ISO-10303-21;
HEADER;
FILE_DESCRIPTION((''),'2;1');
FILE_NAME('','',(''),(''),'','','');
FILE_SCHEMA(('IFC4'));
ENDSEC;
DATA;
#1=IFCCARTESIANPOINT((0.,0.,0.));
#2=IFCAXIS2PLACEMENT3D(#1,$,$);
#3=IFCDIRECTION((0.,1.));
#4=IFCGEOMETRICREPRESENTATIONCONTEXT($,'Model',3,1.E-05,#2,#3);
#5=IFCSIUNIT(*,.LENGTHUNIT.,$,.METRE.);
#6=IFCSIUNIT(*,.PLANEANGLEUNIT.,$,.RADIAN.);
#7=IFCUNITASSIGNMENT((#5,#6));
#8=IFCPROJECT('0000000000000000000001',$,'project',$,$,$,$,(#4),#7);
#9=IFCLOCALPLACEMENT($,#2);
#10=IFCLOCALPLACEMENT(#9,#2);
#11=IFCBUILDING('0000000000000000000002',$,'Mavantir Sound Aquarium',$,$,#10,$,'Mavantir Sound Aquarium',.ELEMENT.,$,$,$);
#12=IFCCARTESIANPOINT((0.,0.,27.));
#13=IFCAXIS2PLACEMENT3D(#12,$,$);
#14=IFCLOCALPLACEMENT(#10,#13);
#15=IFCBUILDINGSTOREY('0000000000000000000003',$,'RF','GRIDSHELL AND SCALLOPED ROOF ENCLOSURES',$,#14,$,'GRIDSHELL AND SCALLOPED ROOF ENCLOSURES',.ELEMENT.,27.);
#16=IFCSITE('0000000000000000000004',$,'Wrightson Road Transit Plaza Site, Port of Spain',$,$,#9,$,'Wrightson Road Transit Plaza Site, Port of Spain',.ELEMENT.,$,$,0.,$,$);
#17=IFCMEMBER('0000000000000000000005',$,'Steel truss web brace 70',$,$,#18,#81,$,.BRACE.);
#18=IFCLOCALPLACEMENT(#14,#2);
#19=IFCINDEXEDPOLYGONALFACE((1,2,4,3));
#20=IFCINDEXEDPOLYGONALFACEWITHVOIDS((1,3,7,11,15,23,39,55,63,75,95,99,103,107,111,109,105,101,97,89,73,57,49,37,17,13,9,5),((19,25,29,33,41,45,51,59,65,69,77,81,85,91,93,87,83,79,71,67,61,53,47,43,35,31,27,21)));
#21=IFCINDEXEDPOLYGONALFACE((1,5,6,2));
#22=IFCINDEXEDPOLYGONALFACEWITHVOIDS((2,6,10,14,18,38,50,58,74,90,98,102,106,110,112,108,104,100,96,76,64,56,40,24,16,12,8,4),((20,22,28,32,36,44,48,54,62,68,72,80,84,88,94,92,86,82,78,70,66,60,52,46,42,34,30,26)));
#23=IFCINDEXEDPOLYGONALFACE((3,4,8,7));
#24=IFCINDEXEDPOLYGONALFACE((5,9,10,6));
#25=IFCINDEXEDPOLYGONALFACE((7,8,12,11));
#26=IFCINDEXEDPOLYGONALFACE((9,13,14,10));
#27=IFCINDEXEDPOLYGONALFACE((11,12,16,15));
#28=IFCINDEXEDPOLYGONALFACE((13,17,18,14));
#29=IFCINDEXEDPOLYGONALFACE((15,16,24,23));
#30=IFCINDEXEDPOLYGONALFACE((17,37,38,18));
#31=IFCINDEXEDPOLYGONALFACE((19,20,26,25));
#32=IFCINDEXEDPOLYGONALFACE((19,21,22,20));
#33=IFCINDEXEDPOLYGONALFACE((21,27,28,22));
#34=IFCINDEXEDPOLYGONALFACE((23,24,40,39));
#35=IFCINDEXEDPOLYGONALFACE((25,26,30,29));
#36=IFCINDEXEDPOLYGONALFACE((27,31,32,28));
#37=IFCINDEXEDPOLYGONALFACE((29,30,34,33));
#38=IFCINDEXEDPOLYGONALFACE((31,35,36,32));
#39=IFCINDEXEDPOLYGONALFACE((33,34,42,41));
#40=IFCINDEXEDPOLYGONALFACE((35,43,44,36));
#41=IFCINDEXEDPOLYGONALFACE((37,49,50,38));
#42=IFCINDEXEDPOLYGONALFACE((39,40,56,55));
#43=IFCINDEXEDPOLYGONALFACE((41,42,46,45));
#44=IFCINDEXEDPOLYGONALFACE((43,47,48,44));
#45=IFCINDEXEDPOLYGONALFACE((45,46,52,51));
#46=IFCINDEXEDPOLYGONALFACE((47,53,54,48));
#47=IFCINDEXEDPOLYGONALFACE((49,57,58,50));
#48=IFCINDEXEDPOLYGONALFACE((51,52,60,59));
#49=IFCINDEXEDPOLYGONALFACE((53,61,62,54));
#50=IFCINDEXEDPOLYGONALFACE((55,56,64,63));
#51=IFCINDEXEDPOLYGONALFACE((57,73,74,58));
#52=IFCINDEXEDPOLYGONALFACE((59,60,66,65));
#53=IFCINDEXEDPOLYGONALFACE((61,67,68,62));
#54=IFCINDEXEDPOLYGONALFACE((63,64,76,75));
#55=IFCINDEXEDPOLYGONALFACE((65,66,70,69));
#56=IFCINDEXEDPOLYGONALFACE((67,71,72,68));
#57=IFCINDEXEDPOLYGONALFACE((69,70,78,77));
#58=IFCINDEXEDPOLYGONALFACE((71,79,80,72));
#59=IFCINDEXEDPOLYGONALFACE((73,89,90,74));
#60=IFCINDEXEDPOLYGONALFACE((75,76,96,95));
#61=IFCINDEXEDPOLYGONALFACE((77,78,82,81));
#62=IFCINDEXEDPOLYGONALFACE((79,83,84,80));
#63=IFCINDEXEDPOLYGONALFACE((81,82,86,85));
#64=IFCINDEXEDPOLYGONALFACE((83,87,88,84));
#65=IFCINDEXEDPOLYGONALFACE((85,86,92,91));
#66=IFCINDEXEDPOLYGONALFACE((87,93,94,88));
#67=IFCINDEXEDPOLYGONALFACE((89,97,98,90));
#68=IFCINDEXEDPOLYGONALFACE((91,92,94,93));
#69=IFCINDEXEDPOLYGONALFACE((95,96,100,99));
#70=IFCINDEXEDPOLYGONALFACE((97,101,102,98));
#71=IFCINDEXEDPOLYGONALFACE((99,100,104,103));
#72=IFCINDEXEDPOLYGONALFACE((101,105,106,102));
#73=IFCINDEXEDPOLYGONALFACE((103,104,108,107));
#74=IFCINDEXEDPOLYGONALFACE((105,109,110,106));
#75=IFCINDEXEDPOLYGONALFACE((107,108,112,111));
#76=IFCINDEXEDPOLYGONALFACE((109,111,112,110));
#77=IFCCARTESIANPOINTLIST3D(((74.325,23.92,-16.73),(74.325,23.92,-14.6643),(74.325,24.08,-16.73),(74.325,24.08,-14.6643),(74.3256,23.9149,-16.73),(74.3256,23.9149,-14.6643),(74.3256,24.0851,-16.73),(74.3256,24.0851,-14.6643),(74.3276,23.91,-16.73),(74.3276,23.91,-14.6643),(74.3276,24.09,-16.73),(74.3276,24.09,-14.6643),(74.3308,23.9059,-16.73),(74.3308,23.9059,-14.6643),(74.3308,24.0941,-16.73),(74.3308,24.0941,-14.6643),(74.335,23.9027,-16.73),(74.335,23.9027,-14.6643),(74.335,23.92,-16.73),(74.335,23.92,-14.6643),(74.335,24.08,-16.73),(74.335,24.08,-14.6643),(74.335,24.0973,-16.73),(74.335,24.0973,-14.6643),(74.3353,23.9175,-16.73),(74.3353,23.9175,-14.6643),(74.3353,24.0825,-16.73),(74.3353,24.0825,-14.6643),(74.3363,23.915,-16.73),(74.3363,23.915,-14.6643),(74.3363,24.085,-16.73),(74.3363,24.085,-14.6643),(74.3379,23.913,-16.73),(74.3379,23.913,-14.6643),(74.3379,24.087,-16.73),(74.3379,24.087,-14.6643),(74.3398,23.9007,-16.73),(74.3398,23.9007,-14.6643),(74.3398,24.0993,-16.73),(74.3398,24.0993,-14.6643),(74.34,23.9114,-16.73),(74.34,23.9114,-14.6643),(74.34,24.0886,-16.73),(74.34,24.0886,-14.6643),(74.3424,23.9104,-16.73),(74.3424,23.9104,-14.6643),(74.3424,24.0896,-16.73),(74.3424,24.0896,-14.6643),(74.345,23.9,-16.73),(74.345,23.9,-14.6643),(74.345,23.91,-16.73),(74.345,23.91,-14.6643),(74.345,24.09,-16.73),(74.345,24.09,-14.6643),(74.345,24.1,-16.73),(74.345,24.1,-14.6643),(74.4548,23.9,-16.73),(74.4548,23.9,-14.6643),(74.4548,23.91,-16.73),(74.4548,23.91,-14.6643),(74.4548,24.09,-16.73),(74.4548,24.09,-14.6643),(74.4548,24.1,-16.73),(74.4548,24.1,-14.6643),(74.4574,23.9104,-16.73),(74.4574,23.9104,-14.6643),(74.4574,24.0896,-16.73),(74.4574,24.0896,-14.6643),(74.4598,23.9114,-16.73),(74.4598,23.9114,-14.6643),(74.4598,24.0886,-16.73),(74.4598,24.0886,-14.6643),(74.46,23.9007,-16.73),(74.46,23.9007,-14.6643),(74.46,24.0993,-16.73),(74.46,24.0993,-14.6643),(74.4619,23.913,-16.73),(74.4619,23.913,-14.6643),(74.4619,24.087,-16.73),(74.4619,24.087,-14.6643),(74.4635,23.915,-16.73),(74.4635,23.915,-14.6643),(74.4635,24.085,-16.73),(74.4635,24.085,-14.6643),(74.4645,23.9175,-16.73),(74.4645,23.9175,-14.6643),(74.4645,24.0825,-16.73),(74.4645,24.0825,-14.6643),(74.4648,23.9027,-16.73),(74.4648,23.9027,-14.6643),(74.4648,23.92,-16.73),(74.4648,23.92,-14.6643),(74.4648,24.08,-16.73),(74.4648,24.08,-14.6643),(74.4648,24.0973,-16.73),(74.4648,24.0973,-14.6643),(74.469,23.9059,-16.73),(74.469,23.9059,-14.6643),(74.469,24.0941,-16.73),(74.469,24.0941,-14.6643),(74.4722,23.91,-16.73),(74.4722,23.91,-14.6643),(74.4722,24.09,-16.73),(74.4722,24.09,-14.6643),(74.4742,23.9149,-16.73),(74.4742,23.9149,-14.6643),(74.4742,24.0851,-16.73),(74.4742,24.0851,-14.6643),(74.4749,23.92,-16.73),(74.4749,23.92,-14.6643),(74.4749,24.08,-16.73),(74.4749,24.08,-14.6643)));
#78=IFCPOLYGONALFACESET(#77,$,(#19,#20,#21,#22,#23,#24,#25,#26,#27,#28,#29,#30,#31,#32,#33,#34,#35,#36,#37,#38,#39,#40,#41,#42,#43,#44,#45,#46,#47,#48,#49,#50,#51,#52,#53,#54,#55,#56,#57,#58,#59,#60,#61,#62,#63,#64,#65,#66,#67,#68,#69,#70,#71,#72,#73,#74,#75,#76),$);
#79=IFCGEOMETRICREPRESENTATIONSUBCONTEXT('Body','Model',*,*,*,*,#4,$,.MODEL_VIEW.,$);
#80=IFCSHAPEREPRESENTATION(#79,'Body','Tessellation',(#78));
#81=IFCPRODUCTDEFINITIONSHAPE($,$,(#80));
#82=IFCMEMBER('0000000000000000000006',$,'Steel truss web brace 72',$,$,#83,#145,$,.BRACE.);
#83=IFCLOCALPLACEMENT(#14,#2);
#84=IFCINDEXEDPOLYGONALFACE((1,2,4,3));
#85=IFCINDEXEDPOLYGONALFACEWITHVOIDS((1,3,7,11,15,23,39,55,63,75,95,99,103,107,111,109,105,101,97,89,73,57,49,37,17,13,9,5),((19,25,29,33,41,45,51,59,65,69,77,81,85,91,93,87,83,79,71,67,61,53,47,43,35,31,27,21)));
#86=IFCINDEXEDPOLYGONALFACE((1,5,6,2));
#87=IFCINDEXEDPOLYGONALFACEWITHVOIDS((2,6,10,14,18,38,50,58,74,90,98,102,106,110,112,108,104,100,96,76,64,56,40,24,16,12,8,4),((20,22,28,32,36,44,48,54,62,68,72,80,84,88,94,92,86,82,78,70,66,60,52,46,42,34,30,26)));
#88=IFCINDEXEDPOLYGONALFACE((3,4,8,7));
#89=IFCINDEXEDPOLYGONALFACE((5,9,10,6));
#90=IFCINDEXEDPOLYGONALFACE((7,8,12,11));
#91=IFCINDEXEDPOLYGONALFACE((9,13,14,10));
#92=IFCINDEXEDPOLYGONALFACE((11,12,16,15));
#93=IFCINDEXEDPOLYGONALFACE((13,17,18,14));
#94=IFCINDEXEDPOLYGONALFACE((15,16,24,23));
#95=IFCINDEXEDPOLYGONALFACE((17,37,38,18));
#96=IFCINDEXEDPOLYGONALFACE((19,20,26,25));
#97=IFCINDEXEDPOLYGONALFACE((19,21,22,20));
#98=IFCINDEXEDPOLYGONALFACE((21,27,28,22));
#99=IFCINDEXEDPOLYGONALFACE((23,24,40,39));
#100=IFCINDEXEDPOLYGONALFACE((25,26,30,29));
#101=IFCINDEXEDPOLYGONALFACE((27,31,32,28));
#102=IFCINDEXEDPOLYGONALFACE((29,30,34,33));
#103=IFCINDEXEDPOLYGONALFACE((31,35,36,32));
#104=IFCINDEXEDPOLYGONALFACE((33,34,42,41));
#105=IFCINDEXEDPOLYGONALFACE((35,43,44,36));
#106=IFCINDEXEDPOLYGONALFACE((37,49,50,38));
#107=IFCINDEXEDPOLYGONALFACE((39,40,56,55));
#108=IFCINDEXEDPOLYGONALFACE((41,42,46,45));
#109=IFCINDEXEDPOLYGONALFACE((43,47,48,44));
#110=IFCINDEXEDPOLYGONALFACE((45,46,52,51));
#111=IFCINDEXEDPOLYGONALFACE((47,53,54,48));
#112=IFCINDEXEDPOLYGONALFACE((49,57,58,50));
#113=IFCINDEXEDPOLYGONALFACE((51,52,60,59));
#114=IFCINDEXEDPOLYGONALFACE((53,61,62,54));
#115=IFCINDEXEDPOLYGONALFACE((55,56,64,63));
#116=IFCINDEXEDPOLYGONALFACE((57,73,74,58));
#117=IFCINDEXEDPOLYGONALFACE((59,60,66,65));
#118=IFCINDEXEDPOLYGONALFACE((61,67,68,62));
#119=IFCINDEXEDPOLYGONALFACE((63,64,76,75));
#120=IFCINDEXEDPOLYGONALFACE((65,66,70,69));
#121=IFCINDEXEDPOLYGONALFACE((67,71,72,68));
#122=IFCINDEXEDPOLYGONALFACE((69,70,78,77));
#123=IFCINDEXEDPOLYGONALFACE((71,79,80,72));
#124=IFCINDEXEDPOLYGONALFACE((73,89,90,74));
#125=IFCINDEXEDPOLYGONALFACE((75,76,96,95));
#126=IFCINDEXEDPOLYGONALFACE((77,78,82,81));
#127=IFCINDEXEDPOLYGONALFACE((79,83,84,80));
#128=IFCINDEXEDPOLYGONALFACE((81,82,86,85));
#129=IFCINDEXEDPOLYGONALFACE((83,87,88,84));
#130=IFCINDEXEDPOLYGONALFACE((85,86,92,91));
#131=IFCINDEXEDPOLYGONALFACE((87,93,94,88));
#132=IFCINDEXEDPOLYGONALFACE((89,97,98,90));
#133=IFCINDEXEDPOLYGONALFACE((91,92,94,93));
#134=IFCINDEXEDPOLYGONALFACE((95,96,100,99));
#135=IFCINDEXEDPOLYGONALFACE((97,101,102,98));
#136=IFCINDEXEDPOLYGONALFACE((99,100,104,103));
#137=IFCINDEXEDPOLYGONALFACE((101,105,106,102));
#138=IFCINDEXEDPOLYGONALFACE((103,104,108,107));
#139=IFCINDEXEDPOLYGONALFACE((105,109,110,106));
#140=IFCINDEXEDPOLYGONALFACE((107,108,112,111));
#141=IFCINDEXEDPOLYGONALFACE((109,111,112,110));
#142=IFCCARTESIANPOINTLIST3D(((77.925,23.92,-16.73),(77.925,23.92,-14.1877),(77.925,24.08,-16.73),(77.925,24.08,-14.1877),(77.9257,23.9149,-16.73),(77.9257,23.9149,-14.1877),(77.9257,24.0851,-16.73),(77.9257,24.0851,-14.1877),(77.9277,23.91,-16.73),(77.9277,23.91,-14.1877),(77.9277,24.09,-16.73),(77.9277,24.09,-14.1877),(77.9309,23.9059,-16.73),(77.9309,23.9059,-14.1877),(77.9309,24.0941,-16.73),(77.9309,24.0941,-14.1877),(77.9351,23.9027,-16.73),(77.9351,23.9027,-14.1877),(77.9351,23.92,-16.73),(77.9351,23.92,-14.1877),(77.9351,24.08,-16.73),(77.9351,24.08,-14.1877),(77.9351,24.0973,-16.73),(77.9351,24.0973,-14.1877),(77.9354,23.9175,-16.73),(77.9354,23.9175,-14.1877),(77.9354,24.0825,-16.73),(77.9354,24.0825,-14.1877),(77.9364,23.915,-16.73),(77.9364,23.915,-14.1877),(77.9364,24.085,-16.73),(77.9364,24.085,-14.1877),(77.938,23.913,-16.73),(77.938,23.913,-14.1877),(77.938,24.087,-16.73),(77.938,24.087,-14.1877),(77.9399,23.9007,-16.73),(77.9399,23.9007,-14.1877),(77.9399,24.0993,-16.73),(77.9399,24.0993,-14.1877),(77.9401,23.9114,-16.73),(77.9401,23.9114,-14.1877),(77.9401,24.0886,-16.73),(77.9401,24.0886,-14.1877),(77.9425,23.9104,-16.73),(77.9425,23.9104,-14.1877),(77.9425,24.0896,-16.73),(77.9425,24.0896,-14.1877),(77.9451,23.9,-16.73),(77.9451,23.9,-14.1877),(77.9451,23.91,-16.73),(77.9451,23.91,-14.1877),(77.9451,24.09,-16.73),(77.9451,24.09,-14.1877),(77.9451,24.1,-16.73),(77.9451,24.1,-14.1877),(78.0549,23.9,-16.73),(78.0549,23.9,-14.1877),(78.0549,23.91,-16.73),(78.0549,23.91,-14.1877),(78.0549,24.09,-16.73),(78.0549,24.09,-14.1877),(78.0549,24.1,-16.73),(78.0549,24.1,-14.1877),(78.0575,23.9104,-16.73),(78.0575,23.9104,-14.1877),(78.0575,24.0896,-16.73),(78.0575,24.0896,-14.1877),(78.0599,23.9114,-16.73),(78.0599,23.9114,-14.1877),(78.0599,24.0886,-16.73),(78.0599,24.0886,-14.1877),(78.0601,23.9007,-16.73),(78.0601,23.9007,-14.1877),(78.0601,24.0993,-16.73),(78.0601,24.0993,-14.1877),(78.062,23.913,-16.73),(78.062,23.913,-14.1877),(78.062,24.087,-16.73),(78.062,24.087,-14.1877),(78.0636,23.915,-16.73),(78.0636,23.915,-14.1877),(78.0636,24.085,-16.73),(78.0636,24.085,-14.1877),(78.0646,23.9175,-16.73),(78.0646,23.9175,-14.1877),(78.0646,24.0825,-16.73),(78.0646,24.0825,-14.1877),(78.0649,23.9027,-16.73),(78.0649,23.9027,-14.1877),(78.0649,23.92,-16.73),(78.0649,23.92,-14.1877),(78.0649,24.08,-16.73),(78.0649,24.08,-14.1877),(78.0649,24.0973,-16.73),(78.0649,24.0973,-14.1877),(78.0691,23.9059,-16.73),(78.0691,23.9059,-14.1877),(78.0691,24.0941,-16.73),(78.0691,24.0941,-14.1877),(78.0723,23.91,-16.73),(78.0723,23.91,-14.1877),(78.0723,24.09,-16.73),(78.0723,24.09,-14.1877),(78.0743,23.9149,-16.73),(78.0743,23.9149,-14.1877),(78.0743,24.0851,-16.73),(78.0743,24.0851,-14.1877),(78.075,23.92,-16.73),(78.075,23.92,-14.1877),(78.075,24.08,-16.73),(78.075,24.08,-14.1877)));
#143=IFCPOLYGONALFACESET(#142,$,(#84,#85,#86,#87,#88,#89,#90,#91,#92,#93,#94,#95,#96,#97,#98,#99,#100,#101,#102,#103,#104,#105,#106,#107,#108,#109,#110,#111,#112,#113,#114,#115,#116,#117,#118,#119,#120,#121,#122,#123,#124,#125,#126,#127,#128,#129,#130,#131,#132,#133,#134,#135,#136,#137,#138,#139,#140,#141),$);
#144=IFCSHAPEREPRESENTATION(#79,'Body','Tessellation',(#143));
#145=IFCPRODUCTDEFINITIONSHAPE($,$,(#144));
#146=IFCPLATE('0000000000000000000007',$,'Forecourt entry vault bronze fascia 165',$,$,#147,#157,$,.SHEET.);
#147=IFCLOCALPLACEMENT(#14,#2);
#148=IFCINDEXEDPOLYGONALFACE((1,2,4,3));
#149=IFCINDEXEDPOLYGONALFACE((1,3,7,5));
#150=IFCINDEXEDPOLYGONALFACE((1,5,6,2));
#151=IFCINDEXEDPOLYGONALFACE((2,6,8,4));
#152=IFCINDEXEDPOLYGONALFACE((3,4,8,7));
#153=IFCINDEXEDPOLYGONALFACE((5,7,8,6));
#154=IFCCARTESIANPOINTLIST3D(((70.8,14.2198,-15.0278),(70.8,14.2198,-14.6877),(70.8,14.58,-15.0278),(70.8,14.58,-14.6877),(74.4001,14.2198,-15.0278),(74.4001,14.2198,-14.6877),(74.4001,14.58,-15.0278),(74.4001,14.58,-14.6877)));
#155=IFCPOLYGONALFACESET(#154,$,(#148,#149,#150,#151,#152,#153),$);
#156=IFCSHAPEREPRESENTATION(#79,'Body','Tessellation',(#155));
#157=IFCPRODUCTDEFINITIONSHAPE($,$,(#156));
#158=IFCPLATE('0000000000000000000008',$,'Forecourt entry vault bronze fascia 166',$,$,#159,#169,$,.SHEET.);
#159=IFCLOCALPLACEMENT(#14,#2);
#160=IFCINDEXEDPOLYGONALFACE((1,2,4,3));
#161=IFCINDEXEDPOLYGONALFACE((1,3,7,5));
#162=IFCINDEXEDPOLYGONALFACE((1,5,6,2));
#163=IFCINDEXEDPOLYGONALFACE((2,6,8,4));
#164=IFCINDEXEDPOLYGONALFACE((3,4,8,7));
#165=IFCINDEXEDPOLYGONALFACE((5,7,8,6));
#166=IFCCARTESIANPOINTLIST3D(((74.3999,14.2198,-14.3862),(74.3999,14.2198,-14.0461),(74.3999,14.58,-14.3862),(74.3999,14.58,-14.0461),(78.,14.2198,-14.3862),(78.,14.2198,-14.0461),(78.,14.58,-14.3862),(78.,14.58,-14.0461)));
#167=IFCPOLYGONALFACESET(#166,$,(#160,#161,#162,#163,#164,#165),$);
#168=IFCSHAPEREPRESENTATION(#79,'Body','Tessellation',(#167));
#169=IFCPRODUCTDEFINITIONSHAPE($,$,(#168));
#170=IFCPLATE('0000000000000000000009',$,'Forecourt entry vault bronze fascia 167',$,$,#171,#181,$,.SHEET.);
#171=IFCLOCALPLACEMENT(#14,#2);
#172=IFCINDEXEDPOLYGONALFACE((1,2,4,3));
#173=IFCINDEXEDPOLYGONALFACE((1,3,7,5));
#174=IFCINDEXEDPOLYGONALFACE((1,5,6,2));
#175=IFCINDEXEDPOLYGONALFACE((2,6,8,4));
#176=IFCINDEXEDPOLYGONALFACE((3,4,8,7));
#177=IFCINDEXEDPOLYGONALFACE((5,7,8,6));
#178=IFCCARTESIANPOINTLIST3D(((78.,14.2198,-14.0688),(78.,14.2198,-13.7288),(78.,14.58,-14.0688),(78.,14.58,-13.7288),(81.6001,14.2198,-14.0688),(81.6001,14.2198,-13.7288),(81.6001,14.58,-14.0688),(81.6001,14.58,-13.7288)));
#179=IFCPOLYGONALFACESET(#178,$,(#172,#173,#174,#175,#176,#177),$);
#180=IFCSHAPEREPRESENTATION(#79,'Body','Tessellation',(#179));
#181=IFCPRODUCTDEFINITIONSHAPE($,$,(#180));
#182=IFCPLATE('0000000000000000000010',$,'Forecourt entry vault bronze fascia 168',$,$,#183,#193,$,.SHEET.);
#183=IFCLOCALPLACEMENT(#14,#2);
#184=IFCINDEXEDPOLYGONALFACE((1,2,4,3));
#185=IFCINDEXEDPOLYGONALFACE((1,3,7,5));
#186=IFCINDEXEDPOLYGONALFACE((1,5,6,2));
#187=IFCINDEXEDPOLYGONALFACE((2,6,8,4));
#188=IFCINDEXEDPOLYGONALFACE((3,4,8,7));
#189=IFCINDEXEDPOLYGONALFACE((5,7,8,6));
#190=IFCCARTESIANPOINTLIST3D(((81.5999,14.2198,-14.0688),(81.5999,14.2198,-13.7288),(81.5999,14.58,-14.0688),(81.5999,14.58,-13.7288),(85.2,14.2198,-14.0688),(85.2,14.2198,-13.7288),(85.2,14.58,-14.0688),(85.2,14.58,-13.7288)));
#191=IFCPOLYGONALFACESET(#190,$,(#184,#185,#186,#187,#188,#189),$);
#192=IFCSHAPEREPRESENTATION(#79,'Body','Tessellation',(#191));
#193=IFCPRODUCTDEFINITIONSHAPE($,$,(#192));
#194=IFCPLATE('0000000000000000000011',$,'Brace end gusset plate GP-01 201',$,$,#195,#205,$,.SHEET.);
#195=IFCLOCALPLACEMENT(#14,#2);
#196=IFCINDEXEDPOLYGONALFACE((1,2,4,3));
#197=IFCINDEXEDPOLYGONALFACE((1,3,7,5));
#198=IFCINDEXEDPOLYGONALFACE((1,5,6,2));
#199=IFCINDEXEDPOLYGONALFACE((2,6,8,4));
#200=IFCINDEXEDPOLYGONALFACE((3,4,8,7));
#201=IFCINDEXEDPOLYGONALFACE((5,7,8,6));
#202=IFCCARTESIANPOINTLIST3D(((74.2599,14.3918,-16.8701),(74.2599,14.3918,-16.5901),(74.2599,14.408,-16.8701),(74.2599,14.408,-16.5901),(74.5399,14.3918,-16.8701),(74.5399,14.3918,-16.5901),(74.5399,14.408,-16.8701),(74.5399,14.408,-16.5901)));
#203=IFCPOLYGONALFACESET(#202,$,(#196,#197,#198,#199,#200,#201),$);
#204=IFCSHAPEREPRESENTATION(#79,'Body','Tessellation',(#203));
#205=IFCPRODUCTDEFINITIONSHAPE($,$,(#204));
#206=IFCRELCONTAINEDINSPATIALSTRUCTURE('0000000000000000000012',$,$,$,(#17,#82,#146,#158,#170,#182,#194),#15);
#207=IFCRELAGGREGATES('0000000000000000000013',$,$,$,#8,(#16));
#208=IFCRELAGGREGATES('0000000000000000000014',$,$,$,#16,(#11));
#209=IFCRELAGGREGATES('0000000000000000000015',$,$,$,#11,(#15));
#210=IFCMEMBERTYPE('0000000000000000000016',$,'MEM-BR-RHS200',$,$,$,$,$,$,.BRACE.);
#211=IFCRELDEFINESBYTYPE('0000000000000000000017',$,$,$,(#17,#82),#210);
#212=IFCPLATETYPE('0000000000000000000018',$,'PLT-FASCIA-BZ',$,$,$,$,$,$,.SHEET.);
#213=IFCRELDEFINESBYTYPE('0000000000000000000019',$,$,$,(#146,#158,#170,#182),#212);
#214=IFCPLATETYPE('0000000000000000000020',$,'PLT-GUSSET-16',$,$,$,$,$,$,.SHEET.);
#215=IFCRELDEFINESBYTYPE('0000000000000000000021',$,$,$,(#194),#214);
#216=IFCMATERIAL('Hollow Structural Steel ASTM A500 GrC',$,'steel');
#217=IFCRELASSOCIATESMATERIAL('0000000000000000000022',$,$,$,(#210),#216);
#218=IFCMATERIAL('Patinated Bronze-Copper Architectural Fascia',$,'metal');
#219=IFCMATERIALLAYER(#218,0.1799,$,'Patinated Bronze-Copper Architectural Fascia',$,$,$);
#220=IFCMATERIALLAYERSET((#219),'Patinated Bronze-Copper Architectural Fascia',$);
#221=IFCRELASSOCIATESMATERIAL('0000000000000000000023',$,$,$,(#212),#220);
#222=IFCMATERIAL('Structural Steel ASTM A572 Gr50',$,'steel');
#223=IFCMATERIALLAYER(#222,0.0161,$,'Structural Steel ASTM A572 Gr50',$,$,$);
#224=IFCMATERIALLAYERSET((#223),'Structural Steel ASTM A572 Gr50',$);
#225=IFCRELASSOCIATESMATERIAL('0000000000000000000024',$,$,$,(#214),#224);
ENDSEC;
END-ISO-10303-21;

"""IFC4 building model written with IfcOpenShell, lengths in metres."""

from ifc_helpers import new_model, si_unit, direction, frame, origin, origin_2d, place, context, subcontext, project, spatial, rectangle, hollow_rectangle, extrude, material, layer, layer_set, material_profile, profile_set, type_object, element, save


model = new_model("IFC4")

# Units and contexts
model_context = context("Model", 3, precision=1e-05, world=origin(), true_north=direction((0.0, 1.0)))
body_context = subcontext(model_context, "Body", "Model", "MODEL_VIEW")
ifc_project = project(units=[si_unit("LENGTHUNIT", "METRE"), si_unit("PLANEANGLEUNIT", "RADIAN")], contexts=[model_context])

# Site, building, storey
site_placement = place(None, origin())
site = spatial("IfcSite", under=ifc_project, at=site_placement, Name="Wrightson Road Transit Plaza Site, Port of Spain", LongName="Wrightson Road Transit Plaza Site, Port of Spain", CompositionType="ELEMENT", RefElevation=0.0)
building_placement = place(site_placement, origin())
building = spatial("IfcBuilding", under=site, at=building_placement, Name="Mavantir Sound Aquarium", LongName="Mavantir Sound Aquarium", CompositionType="ELEMENT")
storey_placement = place(building_placement, frame((0.0, 0.0, 27.0)))
storey = spatial("IfcBuildingStorey", under=building, at=storey_placement, Name="RF", Description="GRIDSHELL AND SCALLOPED ROOF ENCLOSURES", LongName="GRIDSHELL AND SCALLOPED ROOF ENCLOSURES", CompositionType="ELEMENT", Elevation=27.0)

# Members
ifc_material_1 = material(Name="Hollow Structural Steel ASTM A500 GrC", Category="steel")
ifc_material_profile_1 = material_profile(ifc_material_1, hollow_rectangle(XDim=0.1499, YDim=0.2, WallThickness=0.01, InnerFilletRadius=0.01, OuterFilletRadius=0.02, at=origin_2d()), Name="RHS 200X150X10")
ifc_profile_set_1 = profile_set([ifc_material_profile_1], Name="Hollow Structural Steel ASTM A500 GrC")
member_type_1 = type_object("IfcMemberType", Name="MEM-BR-RHS200", PredefinedType="BRACE", material=ifc_profile_set_1)
member_1_placement = place(storey_placement, frame((74.3999, 24.0, -16.73), z_axis=(0.0, 0.0, 1.0), x_axis=(1.0, 0.0, 0.0)))
element("IfcMember", 1, at=member_1_placement, inside=storey, type_object=member_type_1, Name="Steel truss web brace 70", PredefinedType="BRACE", context=body_context, shape_type="SweptSolid", body=[
    extrude(hollow_rectangle(XDim=0.1499, YDim=0.2, WallThickness=0.01, InnerFilletRadius=0.01, OuterFilletRadius=0.02, at=origin_2d()), origin(), (0.0, 0.0, 1.0), 2.0657),
])
member_2_placement = place(storey_placement, frame((78.0, 24.0, -16.73), z_axis=(0.0, 0.0, 1.0), x_axis=(1.0, 0.0, 0.0)))
element("IfcMember", 2, at=member_2_placement, inside=storey, type_object=member_type_1, Name="Steel truss web brace 72", PredefinedType="BRACE", context=body_context, shape_type="SweptSolid", body=[
    extrude(hollow_rectangle(XDim=0.1499, YDim=0.2, WallThickness=0.01, InnerFilletRadius=0.01, OuterFilletRadius=0.02, at=origin_2d()), origin(), (0.0, 0.0, 1.0), 2.5422),
])

# Plates
ifc_material_2 = material(Name="Patinated Bronze-Copper Architectural Fascia", Category="metal")
ifc_layer_1 = layer(ifc_material_2, 0.1799, Name="Patinated Bronze-Copper Architectural Fascia")
ifc_layer_set_1 = layer_set([ifc_layer_1], Name="Patinated Bronze-Copper Architectural Fascia")
plate_type_1 = type_object("IfcPlateType", Name="PLT-FASCIA-BZ", PredefinedType="SHEET", material=ifc_layer_set_1)
for number, where, z_axis, x_axis, name in (
    (3, (72.6001, 14.3999, -15.0278), (0.0, 0.0, 1.0), (1.0, 0.0, 0.0), "Forecourt entry vault bronze fascia 165"),
    (4, (76.2, 14.3999, -14.3862), (0.0, 0.0, 1.0), (1.0, 0.0, 0.0), "Forecourt entry vault bronze fascia 166"),
    (5, (79.8, 14.3999, -14.0688), (0.0, 0.0, 1.0), (1.0, 0.0, 0.0), "Forecourt entry vault bronze fascia 167"),
    (6, (83.3999, 14.3999, -14.0688), (0.0, 0.0, 1.0), (1.0, 0.0, 0.0), "Forecourt entry vault bronze fascia 168"),
):
    element("IfcPlate", number, at=place(storey_placement, frame(where, z_axis=z_axis, x_axis=x_axis)), inside=storey, type_object=plate_type_1, Name=name, PredefinedType="SHEET", context=body_context, shape_type="SweptSolid", body=[
        extrude(rectangle(XDim=3.6001, YDim=0.3601, at=origin_2d()), origin(), (0.0, 0.0, 1.0), 0.3401),
    ])
ifc_material_3 = material(Name="Structural Steel ASTM A572 Gr50", Category="steel")
ifc_layer_2 = layer(ifc_material_3, 0.0161, Name="Structural Steel ASTM A572 Gr50")
ifc_layer_set_2 = layer_set([ifc_layer_2], Name="Structural Steel ASTM A572 Gr50")
plate_type_2 = type_object("IfcPlateType", Name="PLT-GUSSET-16", PredefinedType="SHEET", material=ifc_layer_set_2)
for number, where, z_axis, x_axis, name in (
    (7, (74.3999, 14.3999, -16.8701), (0.0, 0.0, 1.0), (1.0, 0.0, 0.0), "Brace end gusset plate GP-01 201"),
):
    element("IfcPlate", number, at=place(storey_placement, frame(where, z_axis=z_axis, x_axis=x_axis)), inside=storey, type_object=plate_type_2, Name=name, PredefinedType="SHEET", context=body_context, shape_type="SweptSolid", body=[
        extrude(rectangle(XDim=0.28, YDim=0.0161, at=origin_2d()), origin(), (0.0, 0.0, 1.0), 0.28),
    ])

save(model, "model.ifc")
